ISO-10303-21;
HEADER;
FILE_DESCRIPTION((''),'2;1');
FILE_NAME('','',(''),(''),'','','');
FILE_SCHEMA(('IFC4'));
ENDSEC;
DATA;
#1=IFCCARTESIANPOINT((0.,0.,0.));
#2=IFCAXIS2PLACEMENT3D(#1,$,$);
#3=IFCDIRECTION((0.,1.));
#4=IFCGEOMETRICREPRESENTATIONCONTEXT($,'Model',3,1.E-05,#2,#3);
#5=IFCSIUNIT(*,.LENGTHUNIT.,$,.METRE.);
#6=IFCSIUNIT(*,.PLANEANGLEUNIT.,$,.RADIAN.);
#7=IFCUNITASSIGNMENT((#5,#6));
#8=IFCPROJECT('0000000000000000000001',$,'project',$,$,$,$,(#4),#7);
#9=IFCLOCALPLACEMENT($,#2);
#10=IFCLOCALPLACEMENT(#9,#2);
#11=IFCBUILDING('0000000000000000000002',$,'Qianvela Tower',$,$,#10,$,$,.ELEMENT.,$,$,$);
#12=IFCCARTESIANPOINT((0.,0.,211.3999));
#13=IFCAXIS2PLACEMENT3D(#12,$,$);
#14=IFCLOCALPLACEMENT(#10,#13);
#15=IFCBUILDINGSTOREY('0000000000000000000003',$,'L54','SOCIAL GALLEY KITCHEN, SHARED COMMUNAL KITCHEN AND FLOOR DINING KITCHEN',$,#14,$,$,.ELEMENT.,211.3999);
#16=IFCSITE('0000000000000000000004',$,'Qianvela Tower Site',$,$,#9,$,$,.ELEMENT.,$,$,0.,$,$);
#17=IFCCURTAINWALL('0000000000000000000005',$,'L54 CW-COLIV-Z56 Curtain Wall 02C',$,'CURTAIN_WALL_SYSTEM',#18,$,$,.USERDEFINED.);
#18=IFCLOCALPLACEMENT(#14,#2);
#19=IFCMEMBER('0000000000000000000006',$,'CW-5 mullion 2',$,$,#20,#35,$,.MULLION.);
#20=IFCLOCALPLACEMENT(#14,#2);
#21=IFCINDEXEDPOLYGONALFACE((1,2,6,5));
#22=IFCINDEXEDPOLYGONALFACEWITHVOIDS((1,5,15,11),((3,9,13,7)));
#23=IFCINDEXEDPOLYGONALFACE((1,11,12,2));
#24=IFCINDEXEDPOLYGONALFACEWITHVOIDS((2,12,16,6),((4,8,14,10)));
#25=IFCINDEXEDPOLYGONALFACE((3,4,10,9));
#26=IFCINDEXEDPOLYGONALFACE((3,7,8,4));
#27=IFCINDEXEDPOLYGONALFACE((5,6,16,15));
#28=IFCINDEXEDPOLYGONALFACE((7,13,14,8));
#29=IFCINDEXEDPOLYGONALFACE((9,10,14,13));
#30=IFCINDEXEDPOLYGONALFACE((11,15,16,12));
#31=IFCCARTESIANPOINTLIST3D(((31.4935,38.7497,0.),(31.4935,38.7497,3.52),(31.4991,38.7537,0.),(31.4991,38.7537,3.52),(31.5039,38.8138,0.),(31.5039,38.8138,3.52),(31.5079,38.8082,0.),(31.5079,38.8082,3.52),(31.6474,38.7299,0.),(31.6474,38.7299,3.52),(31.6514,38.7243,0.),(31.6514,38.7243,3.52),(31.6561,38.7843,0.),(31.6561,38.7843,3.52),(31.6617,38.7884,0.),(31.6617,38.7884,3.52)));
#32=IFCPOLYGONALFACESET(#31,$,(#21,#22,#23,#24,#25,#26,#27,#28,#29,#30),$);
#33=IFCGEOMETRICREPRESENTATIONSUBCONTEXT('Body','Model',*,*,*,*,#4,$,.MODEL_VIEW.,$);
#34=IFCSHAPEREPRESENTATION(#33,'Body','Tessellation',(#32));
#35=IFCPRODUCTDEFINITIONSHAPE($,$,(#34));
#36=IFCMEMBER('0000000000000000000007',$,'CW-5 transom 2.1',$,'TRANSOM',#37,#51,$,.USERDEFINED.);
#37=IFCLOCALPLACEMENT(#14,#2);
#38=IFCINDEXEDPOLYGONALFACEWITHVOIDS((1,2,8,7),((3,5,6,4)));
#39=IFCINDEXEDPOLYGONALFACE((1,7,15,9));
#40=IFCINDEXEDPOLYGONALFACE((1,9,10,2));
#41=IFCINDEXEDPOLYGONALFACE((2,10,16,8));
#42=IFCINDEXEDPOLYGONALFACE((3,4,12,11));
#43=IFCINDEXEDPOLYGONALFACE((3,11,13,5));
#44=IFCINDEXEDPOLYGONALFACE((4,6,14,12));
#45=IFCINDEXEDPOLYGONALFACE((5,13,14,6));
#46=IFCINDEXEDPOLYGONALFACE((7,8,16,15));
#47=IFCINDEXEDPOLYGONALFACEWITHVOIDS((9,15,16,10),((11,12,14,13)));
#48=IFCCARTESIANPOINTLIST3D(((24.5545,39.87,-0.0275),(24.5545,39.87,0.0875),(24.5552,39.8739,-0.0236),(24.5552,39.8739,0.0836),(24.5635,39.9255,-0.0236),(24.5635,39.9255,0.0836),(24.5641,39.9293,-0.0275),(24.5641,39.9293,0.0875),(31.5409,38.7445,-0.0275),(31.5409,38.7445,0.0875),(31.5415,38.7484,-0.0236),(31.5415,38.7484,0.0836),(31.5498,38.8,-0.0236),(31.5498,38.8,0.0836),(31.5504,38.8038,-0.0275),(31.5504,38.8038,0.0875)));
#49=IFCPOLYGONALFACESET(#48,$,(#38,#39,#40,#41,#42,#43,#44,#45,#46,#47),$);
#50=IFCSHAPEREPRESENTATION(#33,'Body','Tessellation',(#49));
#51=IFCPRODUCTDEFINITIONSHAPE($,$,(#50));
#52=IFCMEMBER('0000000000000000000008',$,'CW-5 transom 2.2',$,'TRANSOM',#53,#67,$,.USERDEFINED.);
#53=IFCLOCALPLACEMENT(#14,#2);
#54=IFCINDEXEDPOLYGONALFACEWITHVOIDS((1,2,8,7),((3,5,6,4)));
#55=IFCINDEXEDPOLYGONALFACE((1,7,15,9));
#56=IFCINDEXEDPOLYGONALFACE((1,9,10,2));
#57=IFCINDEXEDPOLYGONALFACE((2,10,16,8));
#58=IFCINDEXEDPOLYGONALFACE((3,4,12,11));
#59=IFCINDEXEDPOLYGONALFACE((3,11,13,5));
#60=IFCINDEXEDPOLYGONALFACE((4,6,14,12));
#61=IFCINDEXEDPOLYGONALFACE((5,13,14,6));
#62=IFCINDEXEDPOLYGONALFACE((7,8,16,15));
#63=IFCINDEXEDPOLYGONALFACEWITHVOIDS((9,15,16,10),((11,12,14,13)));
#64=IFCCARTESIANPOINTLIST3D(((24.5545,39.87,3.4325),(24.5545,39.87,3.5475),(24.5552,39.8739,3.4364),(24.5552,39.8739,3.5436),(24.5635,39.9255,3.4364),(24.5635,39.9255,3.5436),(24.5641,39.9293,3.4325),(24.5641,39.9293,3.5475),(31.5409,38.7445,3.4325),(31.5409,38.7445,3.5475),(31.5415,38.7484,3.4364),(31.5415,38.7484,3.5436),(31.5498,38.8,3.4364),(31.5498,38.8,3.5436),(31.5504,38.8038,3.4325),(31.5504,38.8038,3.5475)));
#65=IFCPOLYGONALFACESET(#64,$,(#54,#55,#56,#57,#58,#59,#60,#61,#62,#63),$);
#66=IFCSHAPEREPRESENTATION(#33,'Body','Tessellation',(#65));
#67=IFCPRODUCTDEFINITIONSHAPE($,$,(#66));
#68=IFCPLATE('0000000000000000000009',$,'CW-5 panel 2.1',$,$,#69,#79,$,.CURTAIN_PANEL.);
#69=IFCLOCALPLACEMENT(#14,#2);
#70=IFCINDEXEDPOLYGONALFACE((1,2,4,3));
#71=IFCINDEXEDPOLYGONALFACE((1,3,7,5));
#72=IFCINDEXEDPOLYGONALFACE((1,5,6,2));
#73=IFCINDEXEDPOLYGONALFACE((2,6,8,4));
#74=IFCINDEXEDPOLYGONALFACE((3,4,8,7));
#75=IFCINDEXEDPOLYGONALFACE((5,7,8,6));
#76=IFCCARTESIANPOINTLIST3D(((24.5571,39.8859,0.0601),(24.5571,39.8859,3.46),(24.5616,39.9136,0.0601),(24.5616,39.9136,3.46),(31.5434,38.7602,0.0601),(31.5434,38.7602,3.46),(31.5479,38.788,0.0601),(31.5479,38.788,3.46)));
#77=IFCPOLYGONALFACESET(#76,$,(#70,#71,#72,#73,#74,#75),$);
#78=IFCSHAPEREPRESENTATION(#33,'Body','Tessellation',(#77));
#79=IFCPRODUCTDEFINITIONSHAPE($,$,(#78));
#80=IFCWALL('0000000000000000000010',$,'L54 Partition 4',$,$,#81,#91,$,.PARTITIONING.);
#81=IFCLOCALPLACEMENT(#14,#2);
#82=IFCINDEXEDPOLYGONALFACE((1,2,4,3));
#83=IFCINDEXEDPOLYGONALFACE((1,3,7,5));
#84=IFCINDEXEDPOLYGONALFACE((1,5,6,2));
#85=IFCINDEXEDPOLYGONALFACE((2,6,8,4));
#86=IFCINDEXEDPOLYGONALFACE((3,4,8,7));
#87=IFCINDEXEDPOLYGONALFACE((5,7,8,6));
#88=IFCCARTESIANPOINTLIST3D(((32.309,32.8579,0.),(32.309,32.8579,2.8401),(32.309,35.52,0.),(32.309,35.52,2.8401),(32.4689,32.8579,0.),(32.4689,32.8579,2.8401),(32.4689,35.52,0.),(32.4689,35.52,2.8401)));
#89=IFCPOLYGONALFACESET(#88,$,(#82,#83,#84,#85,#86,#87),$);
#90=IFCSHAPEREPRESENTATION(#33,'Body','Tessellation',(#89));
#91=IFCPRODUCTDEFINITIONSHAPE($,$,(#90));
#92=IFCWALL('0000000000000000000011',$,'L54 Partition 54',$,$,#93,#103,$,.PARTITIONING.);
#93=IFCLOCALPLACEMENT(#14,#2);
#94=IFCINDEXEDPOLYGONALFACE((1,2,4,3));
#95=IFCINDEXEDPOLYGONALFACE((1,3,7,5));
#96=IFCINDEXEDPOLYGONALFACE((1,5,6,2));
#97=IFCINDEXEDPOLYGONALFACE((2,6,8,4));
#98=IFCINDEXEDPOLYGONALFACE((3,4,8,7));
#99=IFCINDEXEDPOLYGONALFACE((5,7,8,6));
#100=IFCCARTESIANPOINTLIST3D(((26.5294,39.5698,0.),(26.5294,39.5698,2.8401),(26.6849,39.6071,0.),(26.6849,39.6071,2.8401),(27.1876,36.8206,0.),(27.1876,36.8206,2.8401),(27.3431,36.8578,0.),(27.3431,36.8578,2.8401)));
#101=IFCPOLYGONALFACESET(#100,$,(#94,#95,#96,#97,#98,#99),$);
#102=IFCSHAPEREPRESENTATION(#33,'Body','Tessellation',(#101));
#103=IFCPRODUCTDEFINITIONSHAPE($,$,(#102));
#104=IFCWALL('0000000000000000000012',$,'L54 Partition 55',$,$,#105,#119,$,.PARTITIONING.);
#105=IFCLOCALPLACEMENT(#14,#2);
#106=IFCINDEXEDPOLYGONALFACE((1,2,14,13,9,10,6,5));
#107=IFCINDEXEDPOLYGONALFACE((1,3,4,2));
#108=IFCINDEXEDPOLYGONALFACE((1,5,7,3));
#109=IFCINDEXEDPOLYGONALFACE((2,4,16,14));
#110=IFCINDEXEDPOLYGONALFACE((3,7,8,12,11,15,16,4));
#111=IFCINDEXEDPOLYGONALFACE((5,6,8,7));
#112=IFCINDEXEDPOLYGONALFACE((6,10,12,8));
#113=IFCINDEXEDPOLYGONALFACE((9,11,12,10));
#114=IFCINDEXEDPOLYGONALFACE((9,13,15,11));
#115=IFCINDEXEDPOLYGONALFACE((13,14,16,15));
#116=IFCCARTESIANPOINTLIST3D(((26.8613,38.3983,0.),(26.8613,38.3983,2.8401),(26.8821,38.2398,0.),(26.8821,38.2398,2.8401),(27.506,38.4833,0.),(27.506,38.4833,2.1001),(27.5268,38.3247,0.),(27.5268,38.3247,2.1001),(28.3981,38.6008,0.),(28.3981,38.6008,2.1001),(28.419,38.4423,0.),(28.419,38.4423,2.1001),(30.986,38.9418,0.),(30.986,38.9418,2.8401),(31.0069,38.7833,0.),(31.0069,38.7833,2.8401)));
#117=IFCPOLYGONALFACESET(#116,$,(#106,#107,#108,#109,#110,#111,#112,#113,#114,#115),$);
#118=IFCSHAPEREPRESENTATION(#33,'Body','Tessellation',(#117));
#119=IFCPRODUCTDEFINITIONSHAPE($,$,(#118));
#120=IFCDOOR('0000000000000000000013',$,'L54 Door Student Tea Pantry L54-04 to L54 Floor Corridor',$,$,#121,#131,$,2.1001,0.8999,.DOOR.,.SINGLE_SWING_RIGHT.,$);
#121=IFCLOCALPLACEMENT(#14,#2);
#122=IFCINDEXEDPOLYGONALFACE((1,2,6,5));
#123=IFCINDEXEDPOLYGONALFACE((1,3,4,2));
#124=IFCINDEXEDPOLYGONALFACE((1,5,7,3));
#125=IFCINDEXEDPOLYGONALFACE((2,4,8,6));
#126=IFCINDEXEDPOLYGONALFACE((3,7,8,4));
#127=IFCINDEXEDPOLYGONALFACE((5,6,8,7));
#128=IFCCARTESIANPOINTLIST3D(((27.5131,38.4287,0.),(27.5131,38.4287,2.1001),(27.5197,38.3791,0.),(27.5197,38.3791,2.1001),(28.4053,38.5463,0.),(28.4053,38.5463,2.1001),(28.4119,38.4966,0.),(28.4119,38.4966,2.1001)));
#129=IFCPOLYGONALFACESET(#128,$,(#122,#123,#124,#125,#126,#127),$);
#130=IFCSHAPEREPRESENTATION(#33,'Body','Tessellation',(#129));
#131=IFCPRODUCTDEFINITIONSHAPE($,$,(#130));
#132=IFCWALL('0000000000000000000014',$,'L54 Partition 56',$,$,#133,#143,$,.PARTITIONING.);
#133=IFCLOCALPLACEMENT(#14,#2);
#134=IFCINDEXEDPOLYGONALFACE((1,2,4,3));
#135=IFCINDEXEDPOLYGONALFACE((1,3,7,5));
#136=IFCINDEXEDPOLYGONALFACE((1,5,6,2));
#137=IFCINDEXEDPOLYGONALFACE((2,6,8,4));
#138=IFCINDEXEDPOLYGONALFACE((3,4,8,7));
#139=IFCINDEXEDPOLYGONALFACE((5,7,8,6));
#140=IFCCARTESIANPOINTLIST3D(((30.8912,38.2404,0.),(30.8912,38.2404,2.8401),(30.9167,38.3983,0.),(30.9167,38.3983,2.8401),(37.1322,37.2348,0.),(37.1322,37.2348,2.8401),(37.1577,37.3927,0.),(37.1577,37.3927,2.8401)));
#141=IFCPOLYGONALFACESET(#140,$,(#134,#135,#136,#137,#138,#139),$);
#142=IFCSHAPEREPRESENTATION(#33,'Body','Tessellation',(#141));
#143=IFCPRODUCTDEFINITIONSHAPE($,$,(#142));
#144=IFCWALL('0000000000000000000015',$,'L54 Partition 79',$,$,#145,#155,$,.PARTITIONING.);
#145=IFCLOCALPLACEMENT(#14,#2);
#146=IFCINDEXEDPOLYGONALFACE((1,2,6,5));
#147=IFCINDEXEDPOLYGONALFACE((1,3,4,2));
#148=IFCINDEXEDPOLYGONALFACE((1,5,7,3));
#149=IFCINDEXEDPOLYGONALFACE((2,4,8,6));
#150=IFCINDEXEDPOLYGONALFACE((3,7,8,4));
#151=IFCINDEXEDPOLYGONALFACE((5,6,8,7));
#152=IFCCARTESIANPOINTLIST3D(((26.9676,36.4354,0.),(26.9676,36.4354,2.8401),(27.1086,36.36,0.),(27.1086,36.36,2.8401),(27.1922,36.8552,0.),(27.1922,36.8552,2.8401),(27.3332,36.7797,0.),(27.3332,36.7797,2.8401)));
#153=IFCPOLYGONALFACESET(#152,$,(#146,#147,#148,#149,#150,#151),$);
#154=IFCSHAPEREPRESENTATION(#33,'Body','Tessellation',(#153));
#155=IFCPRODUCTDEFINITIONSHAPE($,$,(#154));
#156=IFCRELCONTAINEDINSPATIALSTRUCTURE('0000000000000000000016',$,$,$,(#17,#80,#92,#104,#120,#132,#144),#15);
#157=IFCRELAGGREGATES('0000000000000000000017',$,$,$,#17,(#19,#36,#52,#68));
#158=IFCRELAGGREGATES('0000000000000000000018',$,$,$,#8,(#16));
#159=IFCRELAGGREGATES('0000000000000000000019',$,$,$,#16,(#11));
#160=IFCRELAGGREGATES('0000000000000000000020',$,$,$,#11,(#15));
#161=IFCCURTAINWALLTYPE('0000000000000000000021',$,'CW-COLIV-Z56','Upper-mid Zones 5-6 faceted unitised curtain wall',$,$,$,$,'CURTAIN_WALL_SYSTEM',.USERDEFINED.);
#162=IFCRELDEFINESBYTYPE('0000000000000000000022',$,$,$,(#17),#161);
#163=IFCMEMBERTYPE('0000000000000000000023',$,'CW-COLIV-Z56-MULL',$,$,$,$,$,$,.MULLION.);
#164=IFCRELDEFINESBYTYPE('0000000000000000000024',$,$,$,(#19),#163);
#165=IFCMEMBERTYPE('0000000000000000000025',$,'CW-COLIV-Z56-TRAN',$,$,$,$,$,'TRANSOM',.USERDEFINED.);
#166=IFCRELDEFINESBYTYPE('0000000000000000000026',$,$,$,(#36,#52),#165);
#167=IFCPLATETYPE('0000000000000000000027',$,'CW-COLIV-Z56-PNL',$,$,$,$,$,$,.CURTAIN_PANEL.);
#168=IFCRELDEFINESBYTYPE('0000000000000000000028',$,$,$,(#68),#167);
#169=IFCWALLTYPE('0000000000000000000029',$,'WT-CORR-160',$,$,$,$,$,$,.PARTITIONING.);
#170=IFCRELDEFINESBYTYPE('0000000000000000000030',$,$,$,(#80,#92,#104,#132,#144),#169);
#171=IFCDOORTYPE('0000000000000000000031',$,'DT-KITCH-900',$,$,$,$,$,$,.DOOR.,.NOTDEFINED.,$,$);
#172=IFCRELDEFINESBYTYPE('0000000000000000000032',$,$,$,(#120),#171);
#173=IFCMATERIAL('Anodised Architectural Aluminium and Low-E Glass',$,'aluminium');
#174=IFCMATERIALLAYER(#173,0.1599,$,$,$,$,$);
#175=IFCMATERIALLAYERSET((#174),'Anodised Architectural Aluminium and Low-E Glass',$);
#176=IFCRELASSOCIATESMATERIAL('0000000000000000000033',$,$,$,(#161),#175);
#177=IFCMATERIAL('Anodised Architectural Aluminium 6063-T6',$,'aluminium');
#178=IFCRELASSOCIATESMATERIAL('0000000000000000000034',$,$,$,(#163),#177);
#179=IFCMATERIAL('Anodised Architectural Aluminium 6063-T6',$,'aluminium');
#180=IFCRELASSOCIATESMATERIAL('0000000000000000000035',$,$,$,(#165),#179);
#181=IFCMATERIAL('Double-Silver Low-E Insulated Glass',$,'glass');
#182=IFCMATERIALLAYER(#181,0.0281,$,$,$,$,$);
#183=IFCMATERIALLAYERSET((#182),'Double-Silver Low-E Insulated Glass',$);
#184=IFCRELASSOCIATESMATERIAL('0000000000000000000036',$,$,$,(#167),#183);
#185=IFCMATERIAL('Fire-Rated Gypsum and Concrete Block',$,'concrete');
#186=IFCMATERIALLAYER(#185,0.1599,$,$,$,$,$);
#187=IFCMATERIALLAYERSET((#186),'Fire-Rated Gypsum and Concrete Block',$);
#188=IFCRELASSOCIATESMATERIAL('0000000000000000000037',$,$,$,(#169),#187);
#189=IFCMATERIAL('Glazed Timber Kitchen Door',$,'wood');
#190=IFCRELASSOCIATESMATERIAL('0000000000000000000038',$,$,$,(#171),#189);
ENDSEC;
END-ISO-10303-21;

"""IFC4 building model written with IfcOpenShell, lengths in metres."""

from ifc_helpers import new_model, si_unit, direction, frame, frame_2d, origin, origin_2d, place, context, subcontext, project, spatial, rectangle, hollow_rectangle, extrude, material, layer, layer_set, material_profile, profile_set, type_object, element, fill, aggregate, save


model = new_model("IFC4")

# Units and contexts
model_context = context("Model", 3, precision=1e-05, world=origin(), true_north=direction((0.0, 1.0)))
body_context = subcontext(model_context, "Body", "Model", "MODEL_VIEW")
ifc_project = project(units=[si_unit("LENGTHUNIT", "METRE"), si_unit("PLANEANGLEUNIT", "RADIAN")], contexts=[model_context])

# Site, building, storey
site_placement = place(None, origin())
site = spatial("IfcSite", under=ifc_project, at=site_placement, Name="Qianvela Tower Site", CompositionType="ELEMENT", RefElevation=0.0)
building_placement = place(site_placement, origin())
building = spatial("IfcBuilding", under=site, at=building_placement, Name="Qianvela Tower", CompositionType="ELEMENT")
storey_placement = place(building_placement, frame((0.0, 0.0, 211.3999)))
storey = spatial("IfcBuildingStorey", under=building, at=storey_placement, Name="L54", Description="SOCIAL GALLEY KITCHEN, SHARED COMMUNAL KITCHEN AND FLOOR DINING KITCHEN", CompositionType="ELEMENT", Elevation=211.3999)

# Curtain wall, members, plate
ifc_material_1 = material(Name="Anodised Architectural Aluminium and Low-E Glass", Category="aluminium")
ifc_layer_1 = layer(ifc_material_1, 0.1599)
ifc_layer_set_1 = layer_set([ifc_layer_1], Name="Anodised Architectural Aluminium and Low-E Glass")
curtain_wall_type = type_object("IfcCurtainWallType", Name="CW-COLIV-Z56", Description="Upper-mid Zones 5-6 faceted unitised curtain wall", ElementType="CURTAIN_WALL_SYSTEM", PredefinedType="USERDEFINED", material=ifc_layer_set_1)
curtain_wall_placement = place(storey_placement, origin())
curtain_wall = element("IfcCurtainWall", 1, at=curtain_wall_placement, inside=storey, type_object=curtain_wall_type, Name="L54 CW-COLIV-Z56 Curtain Wall 02C", ObjectType="CURTAIN_WALL_SYSTEM", PredefinedType="USERDEFINED")
ifc_material_2 = material(Name="Anodised Architectural Aluminium 6063-T6", Category="aluminium")
ifc_material_profile_1 = material_profile(ifc_material_2, hollow_rectangle(XDim=0.0649, YDim=0.1599, WallThickness=0.0049, at=origin_2d()), Name="ALU-MULL-65x160")
ifc_profile_set_1 = profile_set([ifc_material_profile_1], Name="Anodised Architectural Aluminium 6063-T6")
member_type_1 = type_object("IfcMemberType", Name="CW-COLIV-Z56-MULL", PredefinedType="MULLION", material=ifc_profile_set_1)
member_1_placement = place(storey_placement, frame((31.5776, 38.769, 0.0), z_axis=(0.0, 0.0, 1.0), x_axis=(-0.159068, -0.987268, 0.0)))
member_1 = element("IfcMember", 2, at=member_1_placement, type_object=member_type_1, Name="CW-5 mullion 2", PredefinedType="MULLION", context=body_context, shape_type="SweptSolid", body=[
    extrude(hollow_rectangle(XDim=0.0649, YDim=0.1599, WallThickness=0.0049, at=origin_2d()), origin(), (0.0, 0.0, 1.0), 3.52),
])
ifc_material_3 = material(Name="Anodised Architectural Aluminium 6063-T6", Category="aluminium")
ifc_material_profile_2 = material_profile(ifc_material_3, hollow_rectangle(XDim=0.0601, YDim=0.115, WallThickness=0.0039, at=origin_2d()), Name="ALU-TRAN-60x115")
ifc_profile_set_2 = profile_set([ifc_material_profile_2], Name="Anodised Architectural Aluminium 6063-T6")
member_type_2 = type_object("IfcMemberType", Name="CW-COLIV-Z56-TRAN", ElementType="TRANSOM", PredefinedType="USERDEFINED", material=ifc_profile_set_2)
member_2_placement = place(storey_placement, frame((31.5457, 38.7742, 0.03), z_axis=(-0.987271, 0.159048, 0.0), x_axis=(-0.159048, -0.987271, 0.0)))
member_2 = element("IfcMember", 3, at=member_2_placement, type_object=member_type_2, Name="CW-5 transom 2.1", ObjectType="TRANSOM", PredefinedType="USERDEFINED", context=body_context, shape_type="SweptSolid", body=[
    extrude(hollow_rectangle(XDim=0.0601, YDim=0.115, WallThickness=0.0039, at=origin_2d()), origin(), (0.0, 0.0, 1.0), 7.0764),
])
member_3_placement = place(storey_placement, frame((31.5457, 38.7742, 3.49), z_axis=(-0.987271, 0.159048, 0.0), x_axis=(-0.159048, -0.987271, 0.0)))
member_3 = element("IfcMember", 4, at=member_3_placement, type_object=member_type_2, Name="CW-5 transom 2.2", ObjectType="TRANSOM", PredefinedType="USERDEFINED", context=body_context, shape_type="SweptSolid", body=[
    extrude(hollow_rectangle(XDim=0.0601, YDim=0.115, WallThickness=0.0039, at=origin_2d()), origin(), (0.0, 0.0, 1.0), 7.0764),
])
ifc_material_4 = material(Name="Double-Silver Low-E Insulated Glass", Category="glass")
ifc_layer_2 = layer(ifc_material_4, 0.0281)
ifc_layer_set_2 = layer_set([ifc_layer_2], Name="Double-Silver Low-E Insulated Glass")
plate_type = type_object("IfcPlateType", Name="CW-COLIV-Z56-PNL", PredefinedType="CURTAIN_PANEL", material=ifc_layer_set_2)
plate_placement = place(storey_placement, frame((28.0525, 39.3369, 0.0601), z_axis=(0.0, 0.0, 1.0), x_axis=(-0.987268, 0.159068, 0.0)))
plate = element("IfcPlate", 5, at=plate_placement, type_object=plate_type, Name="CW-5 panel 2.1", PredefinedType="CURTAIN_PANEL", context=body_context, shape_type="SweptSolid", body=[
    extrude(rectangle(XDim=7.0764, YDim=0.0281, at=origin_2d()), origin(), (0.0, 0.0, 1.0), 3.3999),
])
aggregate(curtain_wall, [member_1, member_2, member_3, plate])

# Shared definitions
ifc_material_5 = material(Name="Fire-Rated Gypsum and Concrete Block", Category="concrete")
ifc_layer_3 = layer(ifc_material_5, 0.1599)
ifc_layer_set_3 = layer_set([ifc_layer_3], Name="Fire-Rated Gypsum and Concrete Block")
wall_type_1 = type_object("IfcWallType", Name="WT-CORR-160", PredefinedType="PARTITIONING", material=ifc_layer_set_3)

# Walls
wall_1_placement = place(storey_placement, frame((32.3889, 35.52, 0.0), z_axis=(0.0, 0.0, 1.0), x_axis=(0.0, -1.0, 0.0)))
element("IfcWall", 6, at=wall_1_placement, inside=storey, type_object=wall_type_1, Name="L54 Partition 4", PredefinedType="PARTITIONING", context=body_context, shape_type="SweptSolid", body=[
    extrude(rectangle(XDim=2.6621, YDim=0.1599, at=frame_2d((1.3311, 0.0))), origin(), (0.0, 0.0, 1.0), 2.8401),
])
wall_2_placement = place(storey_placement, frame((27.2654, 36.8391, 0.0), z_axis=(0.0, 0.0, 1.0), x_axis=(-0.232831, 0.972517, 0.0)))
element("IfcWall", 7, at=wall_2_placement, inside=storey, type_object=wall_type_1, Name="L54 Partition 54", PredefinedType="PARTITIONING", context=body_context, shape_type="SweptSolid", body=[
    extrude(rectangle(XDim=2.8269, YDim=0.1599, at=frame_2d((1.4136, 0.0))), origin(), (0.0, 0.0, 1.0), 2.8401),
])

# Wall, opening, door
wall_3_placement = place(storey_placement, frame((26.8718, 38.3191, 0.0), z_axis=(0.0, 0.0, 1.0), x_axis=(0.991432, 0.130626, 0.0)))
wall_3 = element("IfcWall", 8, at=wall_3_placement, inside=storey, type_object=wall_type_1, Name="L54 Partition 55", PredefinedType="PARTITIONING", context=body_context, shape_type="SweptSolid", body=[
    extrude(rectangle(XDim=4.1604, YDim=0.1599, at=frame_2d((2.0801, 0.0))), origin(), (0.0, 0.0, 1.0), 2.8401),
])
opening_1_placement = place(wall_3_placement, frame((0.6501, 0.0, 0.0)))
opening_1 = element("IfcOpeningElement", 9, at=opening_1_placement, cuts=wall_3, PredefinedType="OPENING", context=body_context, shape_type="SweptSolid", body=[
    extrude(rectangle(XDim=0.8999, YDim=2.1001, at=frame_2d((0.45, 1.05))), frame((0.0, 0.0898, 0.0), z_axis=(0.0, -1.0, 0.0), x_axis=(1.0, 0.0, 0.0)), (0.0, 0.0, 1.0), 0.1799),
])
ifc_material_6 = material(Name="Glazed Timber Kitchen Door", Category="wood")
door_type_1 = type_object("IfcDoorType", Name="DT-KITCH-900", OperationType="NOTDEFINED", PredefinedType="DOOR", material=ifc_material_6)
door_1_placement = place(opening_1_placement, origin())
door_1 = element("IfcDoor", 10, at=door_1_placement, inside=storey, type_object=door_type_1, Name="L54 Door Student Tea Pantry L54-04 to L54 Floor Corridor", OperationType="SINGLE_SWING_RIGHT", OverallHeight=2.1001, OverallWidth=0.8999, PredefinedType="DOOR", context=body_context, shape_type="SweptSolid", body=[
    extrude(rectangle(XDim=0.8999, YDim=2.1001, at=frame_2d((0.45, 1.05))), frame((0.0, 0.0249, 0.0), z_axis=(0.0, -1.0, 0.0), x_axis=(1.0, 0.0, 0.0)), (0.0, 0.0, 1.0), 0.05),
])
fill(opening_1, door_1)

# Walls
wall_4_placement = place(storey_placement, frame((30.9041, 38.3193, 0.0), z_axis=(0.0, 0.0, 1.0), x_axis=(0.987266, -0.159079, 0.0)))
element("IfcWall", 11, at=wall_4_placement, inside=storey, type_object=wall_type_1, Name="L54 Partition 56", PredefinedType="PARTITIONING", context=body_context, shape_type="SweptSolid", body=[
    extrude(rectangle(XDim=6.3215, YDim=0.1599, at=frame_2d((3.1606, 0.0))), origin(), (0.0, 0.0, 1.0), 2.8401),
])
wall_5_placement = place(storey_placement, frame((27.0381, 36.3977, 0.0), z_axis=(0.0, 0.0, 1.0), x_axis=(0.471866, 0.881671, 0.0)))
element("IfcWall", 12, at=wall_5_placement, inside=storey, type_object=wall_type_1, Name="L54 Partition 79", PredefinedType="PARTITIONING", context=body_context, shape_type="SweptSolid", body=[
    extrude(rectangle(XDim=0.4761, YDim=0.1599, at=frame_2d((0.238, 0.0))), origin(), (0.0, 0.0, 1.0), 2.8401),
])

save(model, "model.ifc")
